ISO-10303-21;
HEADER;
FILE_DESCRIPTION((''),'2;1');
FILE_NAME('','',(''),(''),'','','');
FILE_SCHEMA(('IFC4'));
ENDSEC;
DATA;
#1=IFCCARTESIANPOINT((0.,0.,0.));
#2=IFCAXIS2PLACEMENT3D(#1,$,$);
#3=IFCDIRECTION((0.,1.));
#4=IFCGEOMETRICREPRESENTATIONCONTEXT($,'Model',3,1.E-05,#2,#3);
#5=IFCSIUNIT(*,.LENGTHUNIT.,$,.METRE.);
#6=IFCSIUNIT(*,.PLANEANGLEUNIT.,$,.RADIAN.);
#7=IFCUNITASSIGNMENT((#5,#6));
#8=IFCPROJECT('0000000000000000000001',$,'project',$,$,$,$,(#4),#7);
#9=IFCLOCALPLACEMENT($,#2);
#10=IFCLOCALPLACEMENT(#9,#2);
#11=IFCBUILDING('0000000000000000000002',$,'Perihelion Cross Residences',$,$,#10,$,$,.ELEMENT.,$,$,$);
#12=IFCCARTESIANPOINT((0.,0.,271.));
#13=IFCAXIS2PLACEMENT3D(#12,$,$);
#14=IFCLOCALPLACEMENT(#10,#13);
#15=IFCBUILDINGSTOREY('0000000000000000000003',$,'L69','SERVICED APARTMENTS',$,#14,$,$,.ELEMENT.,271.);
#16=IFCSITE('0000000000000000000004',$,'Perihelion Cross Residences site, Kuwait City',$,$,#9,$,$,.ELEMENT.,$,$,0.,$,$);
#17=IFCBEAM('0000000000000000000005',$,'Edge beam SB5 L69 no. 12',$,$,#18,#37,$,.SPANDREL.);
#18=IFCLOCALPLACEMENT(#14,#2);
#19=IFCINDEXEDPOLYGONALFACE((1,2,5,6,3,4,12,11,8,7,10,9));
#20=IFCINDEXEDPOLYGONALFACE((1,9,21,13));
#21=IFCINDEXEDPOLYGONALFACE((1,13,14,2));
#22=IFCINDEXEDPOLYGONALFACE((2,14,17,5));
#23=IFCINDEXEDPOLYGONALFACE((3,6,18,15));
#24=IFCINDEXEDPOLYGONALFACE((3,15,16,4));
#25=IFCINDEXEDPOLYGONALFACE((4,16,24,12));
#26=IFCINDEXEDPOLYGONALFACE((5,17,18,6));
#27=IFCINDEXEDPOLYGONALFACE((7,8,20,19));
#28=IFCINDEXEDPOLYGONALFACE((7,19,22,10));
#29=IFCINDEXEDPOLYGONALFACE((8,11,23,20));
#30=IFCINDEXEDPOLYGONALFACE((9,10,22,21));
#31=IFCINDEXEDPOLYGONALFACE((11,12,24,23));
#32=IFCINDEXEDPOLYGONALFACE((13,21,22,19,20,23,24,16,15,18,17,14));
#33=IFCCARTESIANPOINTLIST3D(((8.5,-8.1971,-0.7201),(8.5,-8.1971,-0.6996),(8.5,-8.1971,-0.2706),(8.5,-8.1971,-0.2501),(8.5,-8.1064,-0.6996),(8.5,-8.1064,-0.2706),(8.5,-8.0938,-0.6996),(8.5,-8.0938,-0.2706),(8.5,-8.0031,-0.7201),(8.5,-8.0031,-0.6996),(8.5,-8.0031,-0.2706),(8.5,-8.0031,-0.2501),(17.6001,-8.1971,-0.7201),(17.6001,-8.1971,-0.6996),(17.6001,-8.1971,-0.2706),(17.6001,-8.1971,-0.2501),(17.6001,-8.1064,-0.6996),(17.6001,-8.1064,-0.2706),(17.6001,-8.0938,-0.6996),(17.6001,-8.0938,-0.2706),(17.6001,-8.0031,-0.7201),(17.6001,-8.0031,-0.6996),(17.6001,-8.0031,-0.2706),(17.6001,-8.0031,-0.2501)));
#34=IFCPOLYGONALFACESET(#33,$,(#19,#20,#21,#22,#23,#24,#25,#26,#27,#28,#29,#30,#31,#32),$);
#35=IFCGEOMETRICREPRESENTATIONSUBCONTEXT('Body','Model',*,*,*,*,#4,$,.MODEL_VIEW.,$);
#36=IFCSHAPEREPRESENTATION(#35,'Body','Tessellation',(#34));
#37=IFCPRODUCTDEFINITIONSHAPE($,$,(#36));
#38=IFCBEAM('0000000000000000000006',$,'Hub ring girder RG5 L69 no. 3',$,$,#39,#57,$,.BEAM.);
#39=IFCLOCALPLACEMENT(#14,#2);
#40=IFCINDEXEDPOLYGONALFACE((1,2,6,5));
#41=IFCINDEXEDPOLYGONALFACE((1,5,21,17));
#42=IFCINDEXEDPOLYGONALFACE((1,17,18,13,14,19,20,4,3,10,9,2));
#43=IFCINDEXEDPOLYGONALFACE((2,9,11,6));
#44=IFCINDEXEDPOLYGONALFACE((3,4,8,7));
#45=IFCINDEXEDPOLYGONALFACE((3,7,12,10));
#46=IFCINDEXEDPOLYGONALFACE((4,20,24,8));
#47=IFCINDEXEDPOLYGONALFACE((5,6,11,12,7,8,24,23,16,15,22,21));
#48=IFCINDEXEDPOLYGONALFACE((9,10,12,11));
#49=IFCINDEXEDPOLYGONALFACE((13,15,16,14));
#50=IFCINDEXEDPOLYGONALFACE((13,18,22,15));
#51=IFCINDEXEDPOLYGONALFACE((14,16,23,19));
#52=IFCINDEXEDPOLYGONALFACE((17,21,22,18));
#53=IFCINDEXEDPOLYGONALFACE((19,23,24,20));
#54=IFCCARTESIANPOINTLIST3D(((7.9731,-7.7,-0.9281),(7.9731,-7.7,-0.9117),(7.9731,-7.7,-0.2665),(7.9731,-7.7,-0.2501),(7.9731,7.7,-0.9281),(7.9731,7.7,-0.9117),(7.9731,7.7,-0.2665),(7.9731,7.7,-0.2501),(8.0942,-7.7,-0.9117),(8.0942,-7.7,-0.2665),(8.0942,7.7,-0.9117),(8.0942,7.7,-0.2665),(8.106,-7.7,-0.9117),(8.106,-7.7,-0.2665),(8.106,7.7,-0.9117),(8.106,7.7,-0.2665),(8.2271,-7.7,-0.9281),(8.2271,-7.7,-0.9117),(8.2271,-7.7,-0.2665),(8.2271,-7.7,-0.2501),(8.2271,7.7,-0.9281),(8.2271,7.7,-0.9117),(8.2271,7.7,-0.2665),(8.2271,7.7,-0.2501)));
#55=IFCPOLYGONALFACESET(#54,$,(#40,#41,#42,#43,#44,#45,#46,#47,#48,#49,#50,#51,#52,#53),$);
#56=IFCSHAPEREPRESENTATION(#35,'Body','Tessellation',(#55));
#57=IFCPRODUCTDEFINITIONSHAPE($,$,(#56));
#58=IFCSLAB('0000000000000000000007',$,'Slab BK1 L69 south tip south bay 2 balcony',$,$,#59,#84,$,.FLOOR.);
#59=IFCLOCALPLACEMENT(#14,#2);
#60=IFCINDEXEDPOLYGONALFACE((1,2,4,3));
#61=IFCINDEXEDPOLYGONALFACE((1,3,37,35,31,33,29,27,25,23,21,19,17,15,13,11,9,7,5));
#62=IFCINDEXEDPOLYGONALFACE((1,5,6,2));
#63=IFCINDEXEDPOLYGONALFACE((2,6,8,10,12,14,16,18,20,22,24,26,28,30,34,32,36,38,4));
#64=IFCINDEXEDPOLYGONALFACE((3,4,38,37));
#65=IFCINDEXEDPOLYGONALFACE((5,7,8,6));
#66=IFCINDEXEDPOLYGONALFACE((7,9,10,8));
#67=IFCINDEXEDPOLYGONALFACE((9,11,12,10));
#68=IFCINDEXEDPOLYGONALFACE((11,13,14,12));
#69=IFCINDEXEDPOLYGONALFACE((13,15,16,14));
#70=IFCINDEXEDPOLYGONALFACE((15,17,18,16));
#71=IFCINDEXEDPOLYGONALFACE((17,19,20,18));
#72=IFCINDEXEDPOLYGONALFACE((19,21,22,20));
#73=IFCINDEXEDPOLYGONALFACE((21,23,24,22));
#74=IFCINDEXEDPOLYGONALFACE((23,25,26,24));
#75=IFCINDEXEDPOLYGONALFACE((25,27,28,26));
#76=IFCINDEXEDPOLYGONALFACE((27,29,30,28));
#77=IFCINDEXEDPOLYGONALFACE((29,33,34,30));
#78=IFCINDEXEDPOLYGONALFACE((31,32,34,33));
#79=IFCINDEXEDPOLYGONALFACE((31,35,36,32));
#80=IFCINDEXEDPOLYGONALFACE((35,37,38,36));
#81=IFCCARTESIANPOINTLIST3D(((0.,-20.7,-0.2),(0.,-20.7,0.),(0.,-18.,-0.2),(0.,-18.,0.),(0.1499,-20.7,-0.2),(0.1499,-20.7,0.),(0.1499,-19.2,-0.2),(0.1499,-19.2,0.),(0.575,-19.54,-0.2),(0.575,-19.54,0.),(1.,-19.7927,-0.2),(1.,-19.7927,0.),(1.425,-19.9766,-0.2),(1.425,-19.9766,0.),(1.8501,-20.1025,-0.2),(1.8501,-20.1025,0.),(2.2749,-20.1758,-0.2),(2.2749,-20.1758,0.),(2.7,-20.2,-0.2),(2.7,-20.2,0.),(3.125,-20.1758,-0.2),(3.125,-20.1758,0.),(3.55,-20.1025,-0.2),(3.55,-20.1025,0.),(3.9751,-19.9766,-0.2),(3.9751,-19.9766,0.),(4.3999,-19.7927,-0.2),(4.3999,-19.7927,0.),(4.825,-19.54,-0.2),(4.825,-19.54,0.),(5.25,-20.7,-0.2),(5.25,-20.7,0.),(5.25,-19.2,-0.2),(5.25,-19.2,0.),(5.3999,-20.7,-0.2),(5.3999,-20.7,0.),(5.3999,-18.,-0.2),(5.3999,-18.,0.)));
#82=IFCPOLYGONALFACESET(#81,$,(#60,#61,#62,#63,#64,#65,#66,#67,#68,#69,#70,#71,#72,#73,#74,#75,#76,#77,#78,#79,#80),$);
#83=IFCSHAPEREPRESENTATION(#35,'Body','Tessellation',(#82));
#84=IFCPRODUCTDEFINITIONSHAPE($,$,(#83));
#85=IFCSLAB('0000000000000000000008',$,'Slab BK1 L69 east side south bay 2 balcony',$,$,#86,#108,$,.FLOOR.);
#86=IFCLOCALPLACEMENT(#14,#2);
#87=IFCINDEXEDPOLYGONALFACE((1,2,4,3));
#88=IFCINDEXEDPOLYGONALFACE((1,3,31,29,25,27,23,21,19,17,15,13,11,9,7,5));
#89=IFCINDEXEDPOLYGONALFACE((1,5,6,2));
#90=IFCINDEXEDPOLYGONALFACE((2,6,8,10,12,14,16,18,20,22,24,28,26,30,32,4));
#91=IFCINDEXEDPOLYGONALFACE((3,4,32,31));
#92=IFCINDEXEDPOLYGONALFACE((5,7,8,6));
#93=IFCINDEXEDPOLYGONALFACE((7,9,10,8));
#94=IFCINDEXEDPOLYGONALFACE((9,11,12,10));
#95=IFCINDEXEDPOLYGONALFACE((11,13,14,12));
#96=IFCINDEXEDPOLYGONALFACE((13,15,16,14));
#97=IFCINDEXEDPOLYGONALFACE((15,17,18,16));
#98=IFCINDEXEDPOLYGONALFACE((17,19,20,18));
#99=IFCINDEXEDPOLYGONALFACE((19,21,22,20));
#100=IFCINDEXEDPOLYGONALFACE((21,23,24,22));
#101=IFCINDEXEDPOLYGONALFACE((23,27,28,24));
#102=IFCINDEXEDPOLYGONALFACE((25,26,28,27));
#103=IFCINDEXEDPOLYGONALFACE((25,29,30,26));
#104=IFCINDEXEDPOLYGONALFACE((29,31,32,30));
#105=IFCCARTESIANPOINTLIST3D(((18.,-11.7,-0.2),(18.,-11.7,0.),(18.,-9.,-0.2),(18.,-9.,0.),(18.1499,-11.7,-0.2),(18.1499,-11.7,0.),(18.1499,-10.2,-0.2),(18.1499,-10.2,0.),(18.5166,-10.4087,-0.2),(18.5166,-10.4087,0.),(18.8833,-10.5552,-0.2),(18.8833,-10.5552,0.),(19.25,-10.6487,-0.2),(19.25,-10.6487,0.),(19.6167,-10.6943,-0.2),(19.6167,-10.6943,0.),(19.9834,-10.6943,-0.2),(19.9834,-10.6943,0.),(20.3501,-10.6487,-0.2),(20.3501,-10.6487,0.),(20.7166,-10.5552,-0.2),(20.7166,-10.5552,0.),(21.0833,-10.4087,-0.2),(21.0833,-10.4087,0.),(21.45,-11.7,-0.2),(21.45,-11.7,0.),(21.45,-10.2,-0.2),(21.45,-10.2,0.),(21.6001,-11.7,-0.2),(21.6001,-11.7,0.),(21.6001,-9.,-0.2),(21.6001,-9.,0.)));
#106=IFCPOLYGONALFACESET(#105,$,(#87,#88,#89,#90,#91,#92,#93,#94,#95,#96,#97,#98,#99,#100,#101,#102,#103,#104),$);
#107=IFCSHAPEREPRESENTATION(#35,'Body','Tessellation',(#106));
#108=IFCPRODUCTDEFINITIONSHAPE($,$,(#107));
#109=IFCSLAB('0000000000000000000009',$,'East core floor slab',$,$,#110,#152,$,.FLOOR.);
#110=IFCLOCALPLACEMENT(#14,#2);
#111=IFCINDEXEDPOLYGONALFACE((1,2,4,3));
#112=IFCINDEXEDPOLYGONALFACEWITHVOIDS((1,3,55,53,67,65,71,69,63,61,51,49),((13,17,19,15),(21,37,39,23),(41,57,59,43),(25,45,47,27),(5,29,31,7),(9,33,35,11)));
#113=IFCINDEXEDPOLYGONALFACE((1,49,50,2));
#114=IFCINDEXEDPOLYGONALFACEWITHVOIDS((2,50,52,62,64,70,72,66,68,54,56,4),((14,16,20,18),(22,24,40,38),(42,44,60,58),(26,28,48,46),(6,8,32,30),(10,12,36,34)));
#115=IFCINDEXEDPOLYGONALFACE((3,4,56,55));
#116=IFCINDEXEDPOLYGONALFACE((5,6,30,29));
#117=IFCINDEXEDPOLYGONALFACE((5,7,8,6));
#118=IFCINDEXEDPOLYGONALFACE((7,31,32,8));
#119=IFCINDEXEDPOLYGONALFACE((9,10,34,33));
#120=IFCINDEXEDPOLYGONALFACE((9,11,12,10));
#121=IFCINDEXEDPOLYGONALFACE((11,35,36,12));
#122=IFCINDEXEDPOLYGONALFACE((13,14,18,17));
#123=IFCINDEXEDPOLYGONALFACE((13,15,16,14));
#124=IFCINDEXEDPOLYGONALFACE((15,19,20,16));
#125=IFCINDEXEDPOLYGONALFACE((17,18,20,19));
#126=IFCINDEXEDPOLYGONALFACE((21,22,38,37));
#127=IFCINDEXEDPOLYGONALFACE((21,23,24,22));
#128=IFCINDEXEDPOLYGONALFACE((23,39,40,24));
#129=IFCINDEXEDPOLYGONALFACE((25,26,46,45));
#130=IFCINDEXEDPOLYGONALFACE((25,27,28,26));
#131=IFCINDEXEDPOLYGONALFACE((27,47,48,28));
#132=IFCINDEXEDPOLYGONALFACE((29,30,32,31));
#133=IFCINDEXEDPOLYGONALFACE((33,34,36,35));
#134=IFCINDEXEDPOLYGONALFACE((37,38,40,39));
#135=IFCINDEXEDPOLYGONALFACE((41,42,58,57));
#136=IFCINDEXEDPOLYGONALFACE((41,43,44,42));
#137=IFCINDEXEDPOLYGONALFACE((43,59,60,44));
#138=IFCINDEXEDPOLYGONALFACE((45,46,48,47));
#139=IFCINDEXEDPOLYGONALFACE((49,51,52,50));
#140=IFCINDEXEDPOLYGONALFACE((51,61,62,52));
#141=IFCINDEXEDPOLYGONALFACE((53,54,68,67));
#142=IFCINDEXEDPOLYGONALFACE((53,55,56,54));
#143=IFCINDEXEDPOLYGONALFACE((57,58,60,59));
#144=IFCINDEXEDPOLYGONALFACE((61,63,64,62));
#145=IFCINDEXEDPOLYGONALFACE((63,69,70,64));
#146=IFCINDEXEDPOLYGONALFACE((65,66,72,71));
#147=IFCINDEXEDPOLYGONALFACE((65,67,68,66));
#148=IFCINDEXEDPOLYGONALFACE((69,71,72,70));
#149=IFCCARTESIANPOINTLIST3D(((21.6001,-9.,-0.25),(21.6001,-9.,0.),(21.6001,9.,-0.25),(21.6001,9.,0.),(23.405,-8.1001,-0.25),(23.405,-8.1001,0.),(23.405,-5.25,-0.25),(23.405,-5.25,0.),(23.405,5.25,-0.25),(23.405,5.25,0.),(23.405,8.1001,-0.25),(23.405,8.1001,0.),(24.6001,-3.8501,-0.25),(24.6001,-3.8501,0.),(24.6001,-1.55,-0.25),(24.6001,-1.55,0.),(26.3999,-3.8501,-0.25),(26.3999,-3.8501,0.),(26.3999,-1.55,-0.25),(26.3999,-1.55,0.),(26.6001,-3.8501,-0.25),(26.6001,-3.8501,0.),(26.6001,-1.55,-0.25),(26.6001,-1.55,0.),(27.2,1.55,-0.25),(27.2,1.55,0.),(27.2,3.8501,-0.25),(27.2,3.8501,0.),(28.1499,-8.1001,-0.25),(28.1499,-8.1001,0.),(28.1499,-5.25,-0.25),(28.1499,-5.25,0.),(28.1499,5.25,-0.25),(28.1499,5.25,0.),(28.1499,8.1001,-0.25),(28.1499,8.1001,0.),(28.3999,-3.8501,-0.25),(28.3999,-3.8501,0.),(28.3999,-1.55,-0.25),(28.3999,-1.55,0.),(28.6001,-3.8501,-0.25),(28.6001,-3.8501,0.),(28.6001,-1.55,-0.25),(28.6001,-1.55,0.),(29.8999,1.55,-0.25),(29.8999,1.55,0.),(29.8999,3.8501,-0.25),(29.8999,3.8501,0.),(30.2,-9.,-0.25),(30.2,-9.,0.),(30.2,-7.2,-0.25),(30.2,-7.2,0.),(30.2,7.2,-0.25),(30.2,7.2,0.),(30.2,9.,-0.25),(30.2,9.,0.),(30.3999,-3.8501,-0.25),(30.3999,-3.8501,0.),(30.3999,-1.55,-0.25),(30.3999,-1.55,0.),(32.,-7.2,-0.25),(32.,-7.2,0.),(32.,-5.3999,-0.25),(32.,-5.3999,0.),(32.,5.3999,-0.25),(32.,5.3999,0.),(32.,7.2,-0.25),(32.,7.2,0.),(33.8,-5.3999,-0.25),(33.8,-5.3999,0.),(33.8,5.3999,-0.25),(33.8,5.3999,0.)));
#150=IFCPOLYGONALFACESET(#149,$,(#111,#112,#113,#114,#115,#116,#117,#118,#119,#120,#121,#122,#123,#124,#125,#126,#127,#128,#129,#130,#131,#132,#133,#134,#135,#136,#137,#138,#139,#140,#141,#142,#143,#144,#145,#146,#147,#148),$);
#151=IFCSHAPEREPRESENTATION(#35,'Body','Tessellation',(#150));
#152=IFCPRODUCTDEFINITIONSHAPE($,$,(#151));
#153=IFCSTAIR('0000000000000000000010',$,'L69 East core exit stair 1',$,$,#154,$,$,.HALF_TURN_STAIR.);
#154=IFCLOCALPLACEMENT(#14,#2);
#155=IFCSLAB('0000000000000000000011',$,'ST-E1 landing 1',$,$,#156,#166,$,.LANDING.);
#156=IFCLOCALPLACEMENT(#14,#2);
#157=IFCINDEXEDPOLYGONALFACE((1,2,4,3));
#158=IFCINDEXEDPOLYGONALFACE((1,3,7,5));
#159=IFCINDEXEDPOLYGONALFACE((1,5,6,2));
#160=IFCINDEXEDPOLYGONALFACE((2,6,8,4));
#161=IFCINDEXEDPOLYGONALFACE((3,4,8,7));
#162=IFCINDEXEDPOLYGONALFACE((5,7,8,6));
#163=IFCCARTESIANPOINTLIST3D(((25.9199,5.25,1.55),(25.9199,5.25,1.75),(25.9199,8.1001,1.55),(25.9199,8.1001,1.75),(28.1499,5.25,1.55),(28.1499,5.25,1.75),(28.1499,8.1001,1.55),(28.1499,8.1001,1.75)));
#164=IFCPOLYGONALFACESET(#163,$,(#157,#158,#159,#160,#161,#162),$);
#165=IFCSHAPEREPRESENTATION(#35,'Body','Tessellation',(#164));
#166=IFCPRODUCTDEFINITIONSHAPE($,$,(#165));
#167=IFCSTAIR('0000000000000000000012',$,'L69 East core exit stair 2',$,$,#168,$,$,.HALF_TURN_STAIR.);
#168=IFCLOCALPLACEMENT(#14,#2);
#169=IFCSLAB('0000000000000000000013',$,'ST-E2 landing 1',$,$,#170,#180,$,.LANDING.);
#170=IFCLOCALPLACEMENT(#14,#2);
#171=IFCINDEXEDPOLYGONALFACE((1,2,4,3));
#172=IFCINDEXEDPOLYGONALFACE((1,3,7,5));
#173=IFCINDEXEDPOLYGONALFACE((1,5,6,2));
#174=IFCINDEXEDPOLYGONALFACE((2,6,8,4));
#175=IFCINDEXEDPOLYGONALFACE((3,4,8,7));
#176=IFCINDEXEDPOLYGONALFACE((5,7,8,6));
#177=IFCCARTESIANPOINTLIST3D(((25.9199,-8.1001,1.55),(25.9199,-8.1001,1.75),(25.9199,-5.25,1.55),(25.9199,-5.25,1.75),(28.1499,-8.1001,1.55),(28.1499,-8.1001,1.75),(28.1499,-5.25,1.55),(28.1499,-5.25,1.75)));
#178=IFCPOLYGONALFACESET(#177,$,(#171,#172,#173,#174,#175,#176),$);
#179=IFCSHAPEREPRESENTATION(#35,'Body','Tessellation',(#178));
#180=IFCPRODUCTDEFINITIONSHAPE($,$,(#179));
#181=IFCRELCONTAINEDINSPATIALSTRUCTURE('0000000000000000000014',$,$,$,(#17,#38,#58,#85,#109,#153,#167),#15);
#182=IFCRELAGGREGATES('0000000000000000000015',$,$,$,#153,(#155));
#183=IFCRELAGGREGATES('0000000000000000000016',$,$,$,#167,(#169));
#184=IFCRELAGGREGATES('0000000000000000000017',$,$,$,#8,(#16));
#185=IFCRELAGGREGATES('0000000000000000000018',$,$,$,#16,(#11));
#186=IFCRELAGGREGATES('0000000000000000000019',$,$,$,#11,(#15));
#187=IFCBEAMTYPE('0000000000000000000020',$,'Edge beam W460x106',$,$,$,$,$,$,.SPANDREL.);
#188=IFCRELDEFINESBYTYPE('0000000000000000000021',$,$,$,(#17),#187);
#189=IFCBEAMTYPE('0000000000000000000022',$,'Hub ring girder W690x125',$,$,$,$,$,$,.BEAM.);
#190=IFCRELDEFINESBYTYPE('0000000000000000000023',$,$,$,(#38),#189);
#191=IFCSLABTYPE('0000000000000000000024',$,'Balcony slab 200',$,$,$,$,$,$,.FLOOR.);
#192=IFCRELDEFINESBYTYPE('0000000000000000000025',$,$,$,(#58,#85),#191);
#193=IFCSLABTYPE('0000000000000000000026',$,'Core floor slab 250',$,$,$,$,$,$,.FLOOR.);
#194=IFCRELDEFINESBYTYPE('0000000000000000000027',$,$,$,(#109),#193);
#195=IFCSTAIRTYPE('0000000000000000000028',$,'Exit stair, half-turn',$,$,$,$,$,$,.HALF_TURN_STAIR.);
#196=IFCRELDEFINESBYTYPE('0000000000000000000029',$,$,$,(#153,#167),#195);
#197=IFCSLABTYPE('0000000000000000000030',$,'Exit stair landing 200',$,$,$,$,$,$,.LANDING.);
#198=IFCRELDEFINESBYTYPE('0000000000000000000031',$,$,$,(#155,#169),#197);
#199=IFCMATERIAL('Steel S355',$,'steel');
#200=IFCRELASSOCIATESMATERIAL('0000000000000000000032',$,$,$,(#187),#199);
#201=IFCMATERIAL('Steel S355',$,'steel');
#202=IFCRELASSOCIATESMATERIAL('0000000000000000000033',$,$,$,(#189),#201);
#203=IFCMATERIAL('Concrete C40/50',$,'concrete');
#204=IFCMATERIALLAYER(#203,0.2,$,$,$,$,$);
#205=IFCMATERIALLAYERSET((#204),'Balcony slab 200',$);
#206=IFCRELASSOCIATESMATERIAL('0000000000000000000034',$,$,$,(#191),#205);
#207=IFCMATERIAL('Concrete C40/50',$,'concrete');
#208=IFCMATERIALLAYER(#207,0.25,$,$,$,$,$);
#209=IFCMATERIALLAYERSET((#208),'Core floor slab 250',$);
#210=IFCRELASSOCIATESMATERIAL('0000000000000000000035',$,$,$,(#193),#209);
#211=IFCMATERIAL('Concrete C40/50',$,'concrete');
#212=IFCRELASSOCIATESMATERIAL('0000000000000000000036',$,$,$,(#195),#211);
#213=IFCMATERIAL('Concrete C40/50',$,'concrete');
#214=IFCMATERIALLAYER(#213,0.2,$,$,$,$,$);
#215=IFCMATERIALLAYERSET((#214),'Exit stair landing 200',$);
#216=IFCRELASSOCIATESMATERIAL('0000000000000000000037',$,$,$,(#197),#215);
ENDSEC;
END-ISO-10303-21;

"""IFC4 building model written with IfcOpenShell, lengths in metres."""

from ifc_helpers import new_model, si_unit, direction, frame, origin, origin_2d, place, context, subcontext, project, spatial, polyline, i_section, outline, extrude, material, layer, layer_set, material_profile, profile_set, type_object, element, aggregate, save


model = new_model("IFC4")

# Units and contexts
model_context = context("Model", 3, precision=1e-05, world=origin(), true_north=direction((0.0, 1.0)))
body_context = subcontext(model_context, "Body", "Model", "MODEL_VIEW")
ifc_project = project(units=[si_unit("LENGTHUNIT", "METRE"), si_unit("PLANEANGLEUNIT", "RADIAN")], contexts=[model_context])

# Site, building, storey
site_placement = place(None, origin())
site = spatial("IfcSite", under=ifc_project, at=site_placement, Name="Perihelion Cross Residences site, Kuwait City", CompositionType="ELEMENT", RefElevation=0.0)
building_placement = place(site_placement, origin())
building = spatial("IfcBuilding", under=site, at=building_placement, Name="Perihelion Cross Residences", CompositionType="ELEMENT")
storey_placement = place(building_placement, frame((0.0, 0.0, 271.0)))
storey = spatial("IfcBuildingStorey", under=building, at=storey_placement, Name="L69", Description="SERVICED APARTMENTS", CompositionType="ELEMENT", Elevation=271.0)

# Beams
ifc_material_1 = material(Name="Steel S355", Category="steel")
ifc_material_profile_1 = material_profile(ifc_material_1, i_section(OverallWidth=0.1941, OverallDepth=0.47, WebThickness=0.0127, FlangeThickness=0.0205, at=origin_2d()), Name="W460x106")
ifc_profile_set_1 = profile_set([ifc_material_profile_1], Name="Steel S355")
beam_type_1 = type_object("IfcBeamType", Name="Edge beam W460x106", PredefinedType="SPANDREL", material=ifc_profile_set_1)
beam_1_placement = place(storey_placement, frame((8.5, -8.1001, -0.4851), z_axis=(1.0, 0.0, 0.0), x_axis=(0.0, 1.0, 0.0)))
element("IfcBeam", 1, at=beam_1_placement, inside=storey, type_object=beam_type_1, Name="Edge beam SB5 L69 no. 12", PredefinedType="SPANDREL", context=body_context, shape_type="SweptSolid", body=[
    extrude(i_section(OverallWidth=0.1941, OverallDepth=0.47, WebThickness=0.0127, FlangeThickness=0.0205, at=origin_2d()), origin(), (0.0, 0.0, 1.0), 9.1001),
])
ifc_material_2 = material(Name="Steel S355", Category="steel")
ifc_material_profile_2 = material_profile(ifc_material_2, i_section(OverallWidth=0.2539, OverallDepth=0.678, WebThickness=0.0117, FlangeThickness=0.0164, at=origin_2d()), Name="W690x125")
ifc_profile_set_2 = profile_set([ifc_material_profile_2], Name="Steel S355")
beam_type_2 = type_object("IfcBeamType", Name="Hub ring girder W690x125", PredefinedType="BEAM", material=ifc_profile_set_2)
beam_2_placement = place(storey_placement, frame((8.1001, -7.7, -0.5891), z_axis=(0.0, 1.0, 0.0), x_axis=(-1.0, 0.0, 0.0)))
element("IfcBeam", 2, at=beam_2_placement, inside=storey, type_object=beam_type_2, Name="Hub ring girder RG5 L69 no. 3", PredefinedType="BEAM", context=body_context, shape_type="SweptSolid", body=[
    extrude(i_section(OverallWidth=0.2539, OverallDepth=0.678, WebThickness=0.0117, FlangeThickness=0.0164, at=origin_2d()), origin(), (0.0, 0.0, 1.0), 15.3999),
])

# Slabs
ifc_material_3 = material(Name="Concrete C40/50", Category="concrete")
ifc_layer_1 = layer(ifc_material_3, 0.2)
ifc_layer_set_1 = layer_set([ifc_layer_1], Name="Balcony slab 200")
slab_type_1 = type_object("IfcSlabType", Name="Balcony slab 200", PredefinedType="FLOOR", material=ifc_layer_set_1)
slab_1_placement = place(storey_placement, frame((0.0, 0.0, -0.2)))
element("IfcSlab", 3, at=slab_1_placement, inside=storey, type_object=slab_type_1, Name="Slab BK1 L69 south tip south bay 2 balcony", PredefinedType="FLOOR", context=body_context, shape_type="SweptSolid", body=[
    extrude(outline(polyline([(0.0, -18.0), (5.3999, -18.0), (5.3999, -20.7), (5.25, -20.7), (5.25, -19.2), (4.825, -19.54), (4.3999, -19.7927), (3.9751, -19.9766), (3.55, -20.1025), (3.125, -20.1758), (2.7, -20.2), (2.2749, -20.1758), (1.8501, -20.1025), (1.425, -19.9766), (1.0, -19.7927), (0.575, -19.54), (0.1499, -19.2), (0.1499, -20.7), (0.0, -20.7), (0.0, -18.0)])), origin(), (0.0, 0.0, 1.0), 0.2),
])
slab_2_placement = place(storey_placement, frame((0.0, 0.0, -0.2)))
element("IfcSlab", 4, at=slab_2_placement, inside=storey, type_object=slab_type_1, Name="Slab BK1 L69 east side south bay 2 balcony", PredefinedType="FLOOR", context=body_context, shape_type="SweptSolid", body=[
    extrude(outline(polyline([(18.0, -9.0), (21.6001, -9.0), (21.6001, -11.7), (21.45, -11.7), (21.45, -10.2), (21.0833, -10.4087), (20.7166, -10.5552), (20.3501, -10.6487), (19.9834, -10.6943), (19.6167, -10.6943), (19.25, -10.6487), (18.8833, -10.5552), (18.5166, -10.4087), (18.1499, -10.2), (18.1499, -11.7), (18.0, -11.7), (18.0, -9.0)])), origin(), (0.0, 0.0, 1.0), 0.2),
])
ifc_material_4 = material(Name="Concrete C40/50", Category="concrete")
ifc_layer_2 = layer(ifc_material_4, 0.25)
ifc_layer_set_2 = layer_set([ifc_layer_2], Name="Core floor slab 250")
slab_type_2 = type_object("IfcSlabType", Name="Core floor slab 250", PredefinedType="FLOOR", material=ifc_layer_set_2)
slab_3_placement = place(storey_placement, frame((0.0, 0.0, -0.25)))
element("IfcSlab", 5, at=slab_3_placement, inside=storey, type_object=slab_type_2, Name="East core floor slab", PredefinedType="FLOOR", context=body_context, shape_type="SweptSolid", body=[
    extrude(outline(polyline([(30.2, 7.2), (32.0, 7.2), (32.0, 5.3999), (33.8, 5.3999), (33.8, -5.3999), (32.0, -5.3999), (32.0, -7.2), (30.2, -7.2), (30.2, -9.0), (21.6001, -9.0), (21.6001, 9.0), (30.2, 9.0), (30.2, 7.2)]), holes=[polyline([(28.1499, -8.1001), (28.1499, -5.25), (23.405, -5.25), (23.405, -8.1001), (28.1499, -8.1001)]), polyline([(24.6001, -1.55), (24.6001, -3.8501), (26.3999, -3.8501), (26.3999, -1.55), (24.6001, -1.55)]), polyline([(26.6001, -1.55), (26.6001, -3.8501), (28.3999, -3.8501), (28.3999, -1.55), (26.6001, -1.55)]), polyline([(28.6001, -3.8501), (30.3999, -3.8501), (30.3999, -1.55), (28.6001, -1.55), (28.6001, -3.8501)]), polyline([(27.2, 3.8501), (27.2, 1.55), (29.8999, 1.55), (29.8999, 3.8501), (27.2, 3.8501)]), polyline([(23.405, 5.25), (28.1499, 5.25), (28.1499, 8.1001), (23.405, 8.1001), (23.405, 5.25)])]), origin(), (0.0, 0.0, 1.0), 0.25),
])

# Stairs, slabs
ifc_material_5 = material(Name="Concrete C40/50", Category="concrete")
stair_type = type_object("IfcStairType", Name="Exit stair, half-turn", PredefinedType="HALF_TURN_STAIR", material=ifc_material_5)
stair_1_placement = place(storey_placement, origin())
stair_1 = element("IfcStair", 6, at=stair_1_placement, inside=storey, type_object=stair_type, Name="L69 East core exit stair 1", PredefinedType="HALF_TURN_STAIR")
ifc_material_6 = material(Name="Concrete C40/50", Category="concrete")
ifc_layer_3 = layer(ifc_material_6, 0.2)
ifc_layer_set_3 = layer_set([ifc_layer_3], Name="Exit stair landing 200")
slab_type_3 = type_object("IfcSlabType", Name="Exit stair landing 200", PredefinedType="LANDING", material=ifc_layer_set_3)
slab_4_placement = place(storey_placement, frame((0.0, 0.0, 1.55)))
slab_4 = element("IfcSlab", 7, at=slab_4_placement, type_object=slab_type_3, Name="ST-E1 landing 1", PredefinedType="LANDING", context=body_context, shape_type="SweptSolid", body=[
    extrude(outline(polyline([(25.9199, 5.25), (28.1499, 5.25), (28.1499, 8.1001), (25.9199, 8.1001), (25.9199, 5.25)])), origin(), (0.0, 0.0, 1.0), 0.2),
])
aggregate(stair_1, [slab_4])
stair_2_placement = place(storey_placement, origin())
stair_2 = element("IfcStair", 8, at=stair_2_placement, inside=storey, type_object=stair_type, Name="L69 East core exit stair 2", PredefinedType="HALF_TURN_STAIR")
slab_5_placement = place(storey_placement, frame((0.0, 0.0, 1.55)))
slab_5 = element("IfcSlab", 9, at=slab_5_placement, type_object=slab_type_3, Name="ST-E2 landing 1", PredefinedType="LANDING", context=body_context, shape_type="SweptSolid", body=[
    extrude(outline(polyline([(25.9199, -8.1001), (28.1499, -8.1001), (28.1499, -5.25), (25.9199, -5.25), (25.9199, -8.1001)])), origin(), (0.0, 0.0, 1.0), 0.2),
])
aggregate(stair_2, [slab_5])

save(model, "model.ifc")
